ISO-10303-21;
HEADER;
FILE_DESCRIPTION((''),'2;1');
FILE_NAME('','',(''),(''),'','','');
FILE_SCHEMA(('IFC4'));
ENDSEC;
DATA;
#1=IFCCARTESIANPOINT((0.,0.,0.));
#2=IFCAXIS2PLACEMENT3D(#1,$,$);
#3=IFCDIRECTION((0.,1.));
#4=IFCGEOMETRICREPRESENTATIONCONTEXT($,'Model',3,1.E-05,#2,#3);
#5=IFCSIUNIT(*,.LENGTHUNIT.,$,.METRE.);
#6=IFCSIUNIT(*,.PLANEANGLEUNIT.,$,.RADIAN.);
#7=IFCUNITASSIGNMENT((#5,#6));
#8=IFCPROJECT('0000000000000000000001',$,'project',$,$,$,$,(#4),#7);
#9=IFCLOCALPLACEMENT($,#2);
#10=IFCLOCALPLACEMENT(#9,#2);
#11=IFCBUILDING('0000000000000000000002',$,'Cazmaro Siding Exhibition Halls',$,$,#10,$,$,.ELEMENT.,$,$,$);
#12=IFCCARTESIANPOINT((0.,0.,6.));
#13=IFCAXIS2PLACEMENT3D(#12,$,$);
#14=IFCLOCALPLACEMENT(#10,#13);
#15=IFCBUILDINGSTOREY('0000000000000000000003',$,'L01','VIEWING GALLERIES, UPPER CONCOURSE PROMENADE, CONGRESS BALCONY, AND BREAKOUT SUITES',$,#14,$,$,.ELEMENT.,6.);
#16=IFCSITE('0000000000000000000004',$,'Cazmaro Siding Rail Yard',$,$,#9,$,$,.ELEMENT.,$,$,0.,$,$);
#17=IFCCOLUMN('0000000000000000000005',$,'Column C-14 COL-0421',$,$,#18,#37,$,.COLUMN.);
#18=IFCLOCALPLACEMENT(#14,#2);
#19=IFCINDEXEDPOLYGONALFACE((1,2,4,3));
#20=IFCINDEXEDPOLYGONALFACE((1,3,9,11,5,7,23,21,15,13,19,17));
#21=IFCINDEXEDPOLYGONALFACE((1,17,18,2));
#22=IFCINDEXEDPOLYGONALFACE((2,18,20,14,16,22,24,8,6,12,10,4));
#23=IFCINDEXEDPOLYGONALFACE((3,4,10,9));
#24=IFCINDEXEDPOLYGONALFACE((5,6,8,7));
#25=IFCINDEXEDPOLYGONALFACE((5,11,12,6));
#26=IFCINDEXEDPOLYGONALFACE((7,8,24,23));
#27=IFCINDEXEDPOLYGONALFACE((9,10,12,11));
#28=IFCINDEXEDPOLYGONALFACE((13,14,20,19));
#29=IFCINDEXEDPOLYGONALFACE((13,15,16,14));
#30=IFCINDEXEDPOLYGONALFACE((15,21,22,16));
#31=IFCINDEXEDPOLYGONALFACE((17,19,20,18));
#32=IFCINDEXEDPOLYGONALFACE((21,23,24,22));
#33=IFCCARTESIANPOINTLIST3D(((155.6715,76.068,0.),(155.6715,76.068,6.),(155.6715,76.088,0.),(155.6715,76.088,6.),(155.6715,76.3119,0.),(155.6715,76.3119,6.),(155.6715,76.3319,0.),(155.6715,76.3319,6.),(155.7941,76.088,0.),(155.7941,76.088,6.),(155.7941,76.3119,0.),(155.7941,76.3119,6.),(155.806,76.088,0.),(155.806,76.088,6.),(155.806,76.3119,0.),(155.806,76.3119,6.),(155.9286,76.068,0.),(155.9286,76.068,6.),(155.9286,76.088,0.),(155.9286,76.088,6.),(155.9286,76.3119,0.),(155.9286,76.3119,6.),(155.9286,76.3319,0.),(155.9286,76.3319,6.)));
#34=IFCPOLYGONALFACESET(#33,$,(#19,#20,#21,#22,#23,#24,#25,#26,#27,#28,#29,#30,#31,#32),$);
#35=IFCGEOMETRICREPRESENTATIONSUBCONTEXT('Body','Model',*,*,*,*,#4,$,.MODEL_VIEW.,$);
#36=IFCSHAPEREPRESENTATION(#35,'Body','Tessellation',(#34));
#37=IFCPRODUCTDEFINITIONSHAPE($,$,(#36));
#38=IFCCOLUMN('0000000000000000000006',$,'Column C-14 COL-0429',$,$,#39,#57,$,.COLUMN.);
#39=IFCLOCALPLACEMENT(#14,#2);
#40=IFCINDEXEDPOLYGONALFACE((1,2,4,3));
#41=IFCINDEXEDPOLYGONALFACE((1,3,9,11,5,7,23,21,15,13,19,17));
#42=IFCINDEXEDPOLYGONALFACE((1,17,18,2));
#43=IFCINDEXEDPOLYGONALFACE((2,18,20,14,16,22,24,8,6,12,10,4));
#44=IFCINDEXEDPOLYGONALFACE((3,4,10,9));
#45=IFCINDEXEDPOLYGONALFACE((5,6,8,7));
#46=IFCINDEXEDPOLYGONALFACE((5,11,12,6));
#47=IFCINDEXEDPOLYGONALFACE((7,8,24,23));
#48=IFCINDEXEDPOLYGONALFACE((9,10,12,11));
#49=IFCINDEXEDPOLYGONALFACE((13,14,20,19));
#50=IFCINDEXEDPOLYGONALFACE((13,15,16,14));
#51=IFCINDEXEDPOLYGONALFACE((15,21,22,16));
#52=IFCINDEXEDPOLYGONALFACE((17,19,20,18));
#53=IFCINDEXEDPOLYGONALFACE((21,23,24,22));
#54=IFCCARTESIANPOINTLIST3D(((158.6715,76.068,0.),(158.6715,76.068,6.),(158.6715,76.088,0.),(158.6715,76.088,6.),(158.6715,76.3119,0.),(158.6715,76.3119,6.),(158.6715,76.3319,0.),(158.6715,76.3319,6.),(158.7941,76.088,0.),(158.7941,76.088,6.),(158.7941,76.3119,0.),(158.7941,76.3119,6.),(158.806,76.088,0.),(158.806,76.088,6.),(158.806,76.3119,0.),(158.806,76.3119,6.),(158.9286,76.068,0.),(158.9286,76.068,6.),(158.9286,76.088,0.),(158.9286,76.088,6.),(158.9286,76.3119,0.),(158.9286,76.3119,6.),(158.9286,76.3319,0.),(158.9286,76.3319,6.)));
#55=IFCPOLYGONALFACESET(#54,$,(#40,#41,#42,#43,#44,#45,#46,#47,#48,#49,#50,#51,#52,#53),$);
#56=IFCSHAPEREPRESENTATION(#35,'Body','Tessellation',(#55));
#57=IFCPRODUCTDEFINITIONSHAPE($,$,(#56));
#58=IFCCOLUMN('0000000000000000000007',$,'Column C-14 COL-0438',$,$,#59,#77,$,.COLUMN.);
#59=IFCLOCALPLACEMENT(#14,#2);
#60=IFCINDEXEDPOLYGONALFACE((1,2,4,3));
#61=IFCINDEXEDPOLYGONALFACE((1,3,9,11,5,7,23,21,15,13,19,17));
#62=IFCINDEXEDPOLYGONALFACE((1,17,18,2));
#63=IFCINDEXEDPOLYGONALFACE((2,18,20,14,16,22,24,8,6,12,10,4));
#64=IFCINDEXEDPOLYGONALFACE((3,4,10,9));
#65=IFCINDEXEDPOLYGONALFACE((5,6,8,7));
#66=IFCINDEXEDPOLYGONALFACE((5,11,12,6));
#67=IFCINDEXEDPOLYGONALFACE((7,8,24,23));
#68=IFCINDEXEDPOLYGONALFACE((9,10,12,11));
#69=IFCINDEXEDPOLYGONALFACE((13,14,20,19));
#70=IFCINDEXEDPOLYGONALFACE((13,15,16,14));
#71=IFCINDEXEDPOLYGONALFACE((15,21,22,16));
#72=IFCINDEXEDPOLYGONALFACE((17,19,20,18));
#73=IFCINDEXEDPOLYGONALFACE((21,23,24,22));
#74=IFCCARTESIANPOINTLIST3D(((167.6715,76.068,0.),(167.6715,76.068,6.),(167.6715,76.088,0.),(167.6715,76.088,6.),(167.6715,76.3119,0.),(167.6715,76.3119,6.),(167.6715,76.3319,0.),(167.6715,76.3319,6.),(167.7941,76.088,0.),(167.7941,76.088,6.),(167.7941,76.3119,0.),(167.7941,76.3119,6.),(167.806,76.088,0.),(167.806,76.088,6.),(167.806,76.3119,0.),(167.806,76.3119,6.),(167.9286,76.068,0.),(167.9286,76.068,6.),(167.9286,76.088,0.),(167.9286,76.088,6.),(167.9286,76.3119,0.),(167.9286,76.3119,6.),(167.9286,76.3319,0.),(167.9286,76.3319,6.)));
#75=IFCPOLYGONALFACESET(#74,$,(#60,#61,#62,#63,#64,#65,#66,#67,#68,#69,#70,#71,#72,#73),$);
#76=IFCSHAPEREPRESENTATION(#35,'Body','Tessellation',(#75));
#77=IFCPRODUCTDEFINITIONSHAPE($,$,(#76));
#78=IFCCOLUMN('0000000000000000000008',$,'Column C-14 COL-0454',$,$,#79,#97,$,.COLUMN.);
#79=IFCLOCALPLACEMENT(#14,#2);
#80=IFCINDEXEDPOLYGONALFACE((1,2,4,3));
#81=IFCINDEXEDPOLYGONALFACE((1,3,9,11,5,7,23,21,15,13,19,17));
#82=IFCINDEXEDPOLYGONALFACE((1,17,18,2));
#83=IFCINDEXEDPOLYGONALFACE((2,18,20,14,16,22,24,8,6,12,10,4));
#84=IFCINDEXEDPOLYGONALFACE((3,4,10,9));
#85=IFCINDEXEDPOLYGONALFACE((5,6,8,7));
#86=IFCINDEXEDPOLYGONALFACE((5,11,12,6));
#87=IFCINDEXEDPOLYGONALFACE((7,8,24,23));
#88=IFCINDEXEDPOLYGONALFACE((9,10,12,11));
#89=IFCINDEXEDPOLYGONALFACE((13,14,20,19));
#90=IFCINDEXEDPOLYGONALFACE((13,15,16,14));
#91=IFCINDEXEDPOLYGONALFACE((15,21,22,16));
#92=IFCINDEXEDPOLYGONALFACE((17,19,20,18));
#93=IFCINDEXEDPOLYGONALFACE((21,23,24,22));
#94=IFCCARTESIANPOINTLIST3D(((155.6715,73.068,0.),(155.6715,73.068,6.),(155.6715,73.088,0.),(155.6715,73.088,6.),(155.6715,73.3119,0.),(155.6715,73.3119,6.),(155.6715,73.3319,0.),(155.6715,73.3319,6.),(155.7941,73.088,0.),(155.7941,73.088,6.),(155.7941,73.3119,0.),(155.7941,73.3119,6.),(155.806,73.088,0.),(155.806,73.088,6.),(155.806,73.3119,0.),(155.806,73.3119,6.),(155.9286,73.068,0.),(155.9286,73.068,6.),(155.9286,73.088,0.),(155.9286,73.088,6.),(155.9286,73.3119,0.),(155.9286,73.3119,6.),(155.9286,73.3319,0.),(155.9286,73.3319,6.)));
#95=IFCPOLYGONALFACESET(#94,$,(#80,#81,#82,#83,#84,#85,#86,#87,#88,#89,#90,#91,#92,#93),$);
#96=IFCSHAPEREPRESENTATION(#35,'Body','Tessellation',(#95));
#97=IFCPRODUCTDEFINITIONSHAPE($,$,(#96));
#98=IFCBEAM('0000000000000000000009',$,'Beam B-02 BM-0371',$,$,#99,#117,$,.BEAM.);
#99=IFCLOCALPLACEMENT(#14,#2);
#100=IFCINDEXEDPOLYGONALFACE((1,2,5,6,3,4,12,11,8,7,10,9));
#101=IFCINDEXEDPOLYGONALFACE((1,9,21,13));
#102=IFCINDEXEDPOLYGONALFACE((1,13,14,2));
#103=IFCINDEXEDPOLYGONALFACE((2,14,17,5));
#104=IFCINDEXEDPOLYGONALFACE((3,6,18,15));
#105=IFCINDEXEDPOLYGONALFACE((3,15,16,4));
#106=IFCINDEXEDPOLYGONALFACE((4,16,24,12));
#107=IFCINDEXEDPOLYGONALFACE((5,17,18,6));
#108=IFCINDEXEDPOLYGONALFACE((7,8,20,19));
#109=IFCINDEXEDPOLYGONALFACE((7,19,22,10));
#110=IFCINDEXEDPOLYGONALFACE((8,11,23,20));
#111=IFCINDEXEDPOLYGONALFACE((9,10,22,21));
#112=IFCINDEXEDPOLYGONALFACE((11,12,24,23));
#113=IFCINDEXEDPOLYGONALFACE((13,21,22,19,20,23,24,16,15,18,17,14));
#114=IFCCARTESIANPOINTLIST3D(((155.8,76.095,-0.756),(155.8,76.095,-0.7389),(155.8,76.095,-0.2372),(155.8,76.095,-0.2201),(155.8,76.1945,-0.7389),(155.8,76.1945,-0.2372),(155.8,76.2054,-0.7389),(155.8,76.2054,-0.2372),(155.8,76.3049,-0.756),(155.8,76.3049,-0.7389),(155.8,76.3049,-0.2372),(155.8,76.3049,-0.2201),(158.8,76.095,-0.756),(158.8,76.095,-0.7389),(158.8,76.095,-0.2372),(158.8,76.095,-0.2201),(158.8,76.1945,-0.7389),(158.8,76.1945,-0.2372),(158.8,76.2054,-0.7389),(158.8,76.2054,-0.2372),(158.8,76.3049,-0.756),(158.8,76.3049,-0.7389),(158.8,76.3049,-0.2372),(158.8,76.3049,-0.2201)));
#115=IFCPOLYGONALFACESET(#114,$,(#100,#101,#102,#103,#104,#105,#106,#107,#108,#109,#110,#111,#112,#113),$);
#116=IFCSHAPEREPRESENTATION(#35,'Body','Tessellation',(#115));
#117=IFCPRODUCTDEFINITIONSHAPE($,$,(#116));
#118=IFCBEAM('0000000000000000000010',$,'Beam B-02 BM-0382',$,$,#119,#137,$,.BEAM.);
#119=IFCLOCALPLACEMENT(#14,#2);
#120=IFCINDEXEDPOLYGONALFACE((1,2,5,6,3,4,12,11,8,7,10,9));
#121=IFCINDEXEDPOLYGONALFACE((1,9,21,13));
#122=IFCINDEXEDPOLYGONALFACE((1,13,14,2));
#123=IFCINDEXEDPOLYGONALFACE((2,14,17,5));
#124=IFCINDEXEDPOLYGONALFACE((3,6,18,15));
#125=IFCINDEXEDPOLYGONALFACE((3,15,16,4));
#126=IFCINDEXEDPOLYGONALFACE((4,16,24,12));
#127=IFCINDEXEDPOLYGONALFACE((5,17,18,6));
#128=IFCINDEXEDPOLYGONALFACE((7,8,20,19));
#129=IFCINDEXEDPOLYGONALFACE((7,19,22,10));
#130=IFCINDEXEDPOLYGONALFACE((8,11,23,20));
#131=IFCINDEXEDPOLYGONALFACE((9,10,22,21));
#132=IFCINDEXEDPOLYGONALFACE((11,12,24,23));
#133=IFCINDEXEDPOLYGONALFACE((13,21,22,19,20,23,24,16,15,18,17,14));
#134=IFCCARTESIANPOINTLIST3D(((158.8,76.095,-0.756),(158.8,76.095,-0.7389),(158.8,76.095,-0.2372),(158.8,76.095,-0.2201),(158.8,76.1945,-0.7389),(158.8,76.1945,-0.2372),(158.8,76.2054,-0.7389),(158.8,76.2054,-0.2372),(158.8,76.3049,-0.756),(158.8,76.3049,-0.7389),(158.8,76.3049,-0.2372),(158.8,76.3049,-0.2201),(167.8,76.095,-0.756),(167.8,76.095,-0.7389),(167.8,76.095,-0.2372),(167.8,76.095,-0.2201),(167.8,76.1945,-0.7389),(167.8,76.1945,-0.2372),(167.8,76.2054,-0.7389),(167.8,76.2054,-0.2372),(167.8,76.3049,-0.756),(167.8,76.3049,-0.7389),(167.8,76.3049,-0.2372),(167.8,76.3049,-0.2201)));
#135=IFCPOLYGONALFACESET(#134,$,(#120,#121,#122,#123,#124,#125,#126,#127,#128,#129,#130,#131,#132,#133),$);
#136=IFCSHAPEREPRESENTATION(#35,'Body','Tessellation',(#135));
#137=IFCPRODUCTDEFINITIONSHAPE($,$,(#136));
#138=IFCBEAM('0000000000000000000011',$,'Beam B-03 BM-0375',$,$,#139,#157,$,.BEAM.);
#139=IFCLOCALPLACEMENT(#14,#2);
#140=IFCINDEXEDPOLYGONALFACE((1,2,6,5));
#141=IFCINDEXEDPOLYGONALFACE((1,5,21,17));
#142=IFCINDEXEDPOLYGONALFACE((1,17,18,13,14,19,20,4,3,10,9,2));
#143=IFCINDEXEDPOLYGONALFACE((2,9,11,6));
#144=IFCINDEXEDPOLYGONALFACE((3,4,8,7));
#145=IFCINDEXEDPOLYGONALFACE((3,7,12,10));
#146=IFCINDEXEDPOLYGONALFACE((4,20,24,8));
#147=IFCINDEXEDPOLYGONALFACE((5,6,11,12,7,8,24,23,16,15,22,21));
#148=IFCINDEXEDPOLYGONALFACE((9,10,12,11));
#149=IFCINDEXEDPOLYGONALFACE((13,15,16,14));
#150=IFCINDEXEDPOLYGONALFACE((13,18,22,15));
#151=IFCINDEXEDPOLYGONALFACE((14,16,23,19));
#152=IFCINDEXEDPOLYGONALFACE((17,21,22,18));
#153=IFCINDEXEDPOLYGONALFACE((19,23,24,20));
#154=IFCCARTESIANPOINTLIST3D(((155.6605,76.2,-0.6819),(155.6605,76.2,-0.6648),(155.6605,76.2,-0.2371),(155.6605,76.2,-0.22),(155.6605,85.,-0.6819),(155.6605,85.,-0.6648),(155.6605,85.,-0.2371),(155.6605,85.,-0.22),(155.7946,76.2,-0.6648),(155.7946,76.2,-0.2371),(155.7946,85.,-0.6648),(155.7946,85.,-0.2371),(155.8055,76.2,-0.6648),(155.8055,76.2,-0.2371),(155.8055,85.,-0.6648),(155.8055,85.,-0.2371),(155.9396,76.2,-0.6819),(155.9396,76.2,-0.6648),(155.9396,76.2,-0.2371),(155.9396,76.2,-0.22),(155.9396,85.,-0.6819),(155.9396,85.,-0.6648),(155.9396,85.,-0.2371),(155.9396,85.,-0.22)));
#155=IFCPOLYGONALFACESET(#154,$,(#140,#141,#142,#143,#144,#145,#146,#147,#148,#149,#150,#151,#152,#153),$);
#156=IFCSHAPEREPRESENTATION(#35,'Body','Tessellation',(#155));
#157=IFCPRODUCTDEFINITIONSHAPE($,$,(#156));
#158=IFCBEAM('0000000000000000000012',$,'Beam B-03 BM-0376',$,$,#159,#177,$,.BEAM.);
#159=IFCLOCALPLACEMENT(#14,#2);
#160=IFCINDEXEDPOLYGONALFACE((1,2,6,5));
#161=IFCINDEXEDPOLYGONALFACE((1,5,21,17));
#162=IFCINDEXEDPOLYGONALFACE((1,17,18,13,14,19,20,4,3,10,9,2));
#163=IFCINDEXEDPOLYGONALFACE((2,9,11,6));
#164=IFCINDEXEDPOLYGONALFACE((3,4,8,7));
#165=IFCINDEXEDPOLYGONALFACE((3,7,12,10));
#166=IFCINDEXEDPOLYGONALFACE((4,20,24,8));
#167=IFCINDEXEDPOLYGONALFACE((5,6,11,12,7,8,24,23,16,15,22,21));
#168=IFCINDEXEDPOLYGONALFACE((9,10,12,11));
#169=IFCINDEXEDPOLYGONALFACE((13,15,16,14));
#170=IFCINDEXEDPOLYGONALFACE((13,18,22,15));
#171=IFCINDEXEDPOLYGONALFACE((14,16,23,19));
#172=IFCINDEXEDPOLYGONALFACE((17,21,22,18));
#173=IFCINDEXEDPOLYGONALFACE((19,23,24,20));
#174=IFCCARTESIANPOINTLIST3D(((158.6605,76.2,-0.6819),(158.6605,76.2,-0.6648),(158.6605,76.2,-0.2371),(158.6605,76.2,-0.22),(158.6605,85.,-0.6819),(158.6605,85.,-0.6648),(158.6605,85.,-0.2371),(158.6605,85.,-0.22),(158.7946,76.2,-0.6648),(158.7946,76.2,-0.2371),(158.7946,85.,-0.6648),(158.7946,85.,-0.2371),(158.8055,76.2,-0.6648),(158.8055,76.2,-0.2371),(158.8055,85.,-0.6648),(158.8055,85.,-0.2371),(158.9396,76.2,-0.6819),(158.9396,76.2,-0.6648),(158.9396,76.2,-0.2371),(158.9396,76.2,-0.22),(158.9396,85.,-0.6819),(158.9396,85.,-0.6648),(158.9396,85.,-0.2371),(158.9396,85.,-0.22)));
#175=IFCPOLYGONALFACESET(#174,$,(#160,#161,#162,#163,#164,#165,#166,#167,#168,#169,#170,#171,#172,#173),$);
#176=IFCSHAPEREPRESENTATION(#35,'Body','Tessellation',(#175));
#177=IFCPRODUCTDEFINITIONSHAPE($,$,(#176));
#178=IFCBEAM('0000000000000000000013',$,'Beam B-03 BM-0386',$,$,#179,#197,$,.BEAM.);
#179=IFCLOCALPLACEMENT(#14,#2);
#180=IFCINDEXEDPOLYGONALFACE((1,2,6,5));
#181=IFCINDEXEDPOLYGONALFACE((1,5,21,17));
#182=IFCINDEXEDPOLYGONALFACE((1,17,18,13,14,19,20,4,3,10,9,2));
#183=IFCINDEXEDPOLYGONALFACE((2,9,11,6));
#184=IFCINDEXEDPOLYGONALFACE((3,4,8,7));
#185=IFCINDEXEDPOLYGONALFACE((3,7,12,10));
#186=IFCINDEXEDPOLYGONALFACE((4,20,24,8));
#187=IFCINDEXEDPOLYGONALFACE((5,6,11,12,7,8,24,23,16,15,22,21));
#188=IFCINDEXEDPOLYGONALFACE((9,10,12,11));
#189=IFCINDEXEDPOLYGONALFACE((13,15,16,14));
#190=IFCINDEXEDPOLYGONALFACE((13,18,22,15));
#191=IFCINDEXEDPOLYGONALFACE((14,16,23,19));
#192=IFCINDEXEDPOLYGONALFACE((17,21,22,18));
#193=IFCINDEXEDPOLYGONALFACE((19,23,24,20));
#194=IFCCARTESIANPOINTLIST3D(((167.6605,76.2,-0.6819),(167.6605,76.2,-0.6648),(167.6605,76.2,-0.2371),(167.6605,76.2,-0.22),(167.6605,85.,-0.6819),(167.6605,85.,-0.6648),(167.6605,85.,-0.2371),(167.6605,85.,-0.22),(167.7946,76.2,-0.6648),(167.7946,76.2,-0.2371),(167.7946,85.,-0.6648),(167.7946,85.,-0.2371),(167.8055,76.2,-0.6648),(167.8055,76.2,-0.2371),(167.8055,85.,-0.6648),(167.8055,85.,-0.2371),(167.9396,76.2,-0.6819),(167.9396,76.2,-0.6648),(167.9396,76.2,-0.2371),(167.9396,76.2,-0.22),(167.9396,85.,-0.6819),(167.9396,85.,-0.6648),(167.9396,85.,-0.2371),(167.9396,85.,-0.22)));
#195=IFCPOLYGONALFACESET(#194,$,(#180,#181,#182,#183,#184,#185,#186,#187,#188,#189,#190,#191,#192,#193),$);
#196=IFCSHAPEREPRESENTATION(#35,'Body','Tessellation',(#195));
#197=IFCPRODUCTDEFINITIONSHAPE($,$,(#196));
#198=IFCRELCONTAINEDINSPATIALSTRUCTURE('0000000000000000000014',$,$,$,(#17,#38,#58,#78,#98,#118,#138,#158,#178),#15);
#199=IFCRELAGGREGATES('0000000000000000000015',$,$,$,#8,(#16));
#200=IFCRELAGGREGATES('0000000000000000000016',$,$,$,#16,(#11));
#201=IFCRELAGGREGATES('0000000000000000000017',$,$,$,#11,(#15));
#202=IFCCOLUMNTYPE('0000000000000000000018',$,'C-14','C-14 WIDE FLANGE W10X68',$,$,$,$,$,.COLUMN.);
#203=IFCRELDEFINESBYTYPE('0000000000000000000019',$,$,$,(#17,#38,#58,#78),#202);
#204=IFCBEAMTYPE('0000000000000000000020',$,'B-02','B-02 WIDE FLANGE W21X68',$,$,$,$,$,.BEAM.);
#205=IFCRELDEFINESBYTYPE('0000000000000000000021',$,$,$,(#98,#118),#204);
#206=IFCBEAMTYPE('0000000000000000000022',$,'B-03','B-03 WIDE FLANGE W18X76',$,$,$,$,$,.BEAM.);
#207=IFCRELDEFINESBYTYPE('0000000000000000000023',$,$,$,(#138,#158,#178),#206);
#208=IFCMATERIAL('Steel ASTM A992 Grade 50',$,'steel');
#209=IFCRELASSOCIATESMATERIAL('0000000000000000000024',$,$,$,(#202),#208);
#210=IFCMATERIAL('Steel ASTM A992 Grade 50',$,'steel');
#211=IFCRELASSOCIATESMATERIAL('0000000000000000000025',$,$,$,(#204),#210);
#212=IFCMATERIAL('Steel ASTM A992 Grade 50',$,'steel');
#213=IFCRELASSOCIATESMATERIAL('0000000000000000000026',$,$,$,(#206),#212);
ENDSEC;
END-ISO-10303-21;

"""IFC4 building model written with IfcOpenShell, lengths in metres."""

from ifc_helpers import new_model, si_unit, direction, frame, origin, origin_2d, place, context, subcontext, project, spatial, i_section, extrude, material, material_profile, profile_set, type_object, element, save


model = new_model("IFC4")

# Units and contexts
model_context = context("Model", 3, precision=1e-05, world=origin(), true_north=direction((0.0, 1.0)))
body_context = subcontext(model_context, "Body", "Model", "MODEL_VIEW")
ifc_project = project(units=[si_unit("LENGTHUNIT", "METRE"), si_unit("PLANEANGLEUNIT", "RADIAN")], contexts=[model_context])

# Site, building, storey
site_placement = place(None, origin())
site = spatial("IfcSite", under=ifc_project, at=site_placement, Name="Cazmaro Siding Rail Yard", CompositionType="ELEMENT", RefElevation=0.0)
building_placement = place(site_placement, origin())
building = spatial("IfcBuilding", under=site, at=building_placement, Name="Cazmaro Siding Exhibition Halls", CompositionType="ELEMENT")
storey_placement = place(building_placement, frame((0.0, 0.0, 6.0)))
storey = spatial("IfcBuildingStorey", under=building, at=storey_placement, Name="L01", Description="VIEWING GALLERIES, UPPER CONCOURSE PROMENADE, CONGRESS BALCONY, AND BREAKOUT SUITES", CompositionType="ELEMENT", Elevation=6.0)

# Columns
ifc_material_1 = material(Name="Steel ASTM A992 Grade 50", Category="steel")
ifc_material_profile_1 = material_profile(ifc_material_1, i_section(OverallWidth=0.2571, OverallDepth=0.2639, WebThickness=0.012, FlangeThickness=0.02, at=origin_2d()), Name="W10X68")
ifc_profile_set_1 = profile_set([ifc_material_profile_1], Name="Steel ASTM A992 Grade 50")
column_type = type_object("IfcColumnType", Name="C-14", Description="C-14 WIDE FLANGE W10X68", PredefinedType="COLUMN", material=ifc_profile_set_1)
for number, where, z_axis, x_axis, name in (
    (1, (155.8, 76.2, 0.0), (0.0, 0.0, 1.0), (1.0, 0.0, 0.0), "Column C-14 COL-0421"),
    (2, (158.8, 76.2, 0.0), (0.0, 0.0, 1.0), (1.0, 0.0, 0.0), "Column C-14 COL-0429"),
    (3, (167.8, 76.2, 0.0), (0.0, 0.0, 1.0), (1.0, 0.0, 0.0), "Column C-14 COL-0438"),
    (4, (155.8, 73.2, 0.0), (0.0, 0.0, 1.0), (1.0, 0.0, 0.0), "Column C-14 COL-0454"),
):
    element("IfcColumn", number, at=place(storey_placement, frame(where, z_axis=z_axis, x_axis=x_axis)), inside=storey, type_object=column_type, Name=name, PredefinedType="COLUMN", context=body_context, shape_type="SweptSolid", body=[
        extrude(i_section(OverallWidth=0.2571, OverallDepth=0.2639, WebThickness=0.012, FlangeThickness=0.02, at=origin_2d()), origin(), (0.0, 0.0, 1.0), 6.0),
    ])

# Beams
ifc_material_2 = material(Name="Steel ASTM A992 Grade 50", Category="steel")
ifc_material_profile_2 = material_profile(ifc_material_2, i_section(OverallWidth=0.21, OverallDepth=0.5359, WebThickness=0.011, FlangeThickness=0.0171, at=origin_2d()), Name="W21X68")
ifc_profile_set_2 = profile_set([ifc_material_profile_2], Name="Steel ASTM A992 Grade 50")
beam_type_1 = type_object("IfcBeamType", Name="B-02", Description="B-02 WIDE FLANGE W21X68", PredefinedType="BEAM", material=ifc_profile_set_2)
beam_1_placement = place(storey_placement, frame((155.8, 76.2, -0.488), z_axis=(1.0, 0.0, 0.0), x_axis=(0.0, 1.0, 0.0)))
element("IfcBeam", 5, at=beam_1_placement, inside=storey, type_object=beam_type_1, Name="Beam B-02 BM-0371", PredefinedType="BEAM", context=body_context, shape_type="SweptSolid", body=[
    extrude(i_section(OverallWidth=0.21, OverallDepth=0.5359, WebThickness=0.011, FlangeThickness=0.0171, at=origin_2d()), origin(), (0.0, 0.0, 1.0), 3.0),
])
beam_2_placement = place(storey_placement, frame((158.8, 76.2, -0.488), z_axis=(1.0, 0.0, 0.0), x_axis=(0.0, 1.0, 0.0)))
element("IfcBeam", 6, at=beam_2_placement, inside=storey, type_object=beam_type_1, Name="Beam B-02 BM-0382", PredefinedType="BEAM", context=body_context, shape_type="SweptSolid", body=[
    extrude(i_section(OverallWidth=0.21, OverallDepth=0.5359, WebThickness=0.011, FlangeThickness=0.0171, at=origin_2d()), origin(), (0.0, 0.0, 1.0), 9.0),
])
ifc_material_3 = material(Name="Steel ASTM A992 Grade 50", Category="steel")
ifc_material_profile_3 = material_profile(ifc_material_3, i_section(OverallWidth=0.2791, OverallDepth=0.4619, WebThickness=0.011, FlangeThickness=0.0171, at=origin_2d()), Name="W18X76")
ifc_profile_set_3 = profile_set([ifc_material_profile_3], Name="Steel ASTM A992 Grade 50")
beam_type_2 = type_object("IfcBeamType", Name="B-03", Description="B-03 WIDE FLANGE W18X76", PredefinedType="BEAM", material=ifc_profile_set_3)
for number, where, z_axis, x_axis, name in (
    (7, (155.8, 76.2, -0.4509), (0.0, 1.0, 0.0), (-1.0, 0.0, 0.0), "Beam B-03 BM-0375"),
    (8, (158.8, 76.2, -0.4509), (0.0, 1.0, 0.0), (-1.0, 0.0, 0.0), "Beam B-03 BM-0376"),
    (9, (167.8, 76.2, -0.4509), (0.0, 1.0, 0.0), (-1.0, 0.0, 0.0), "Beam B-03 BM-0386"),
):
    element("IfcBeam", number, at=place(storey_placement, frame(where, z_axis=z_axis, x_axis=x_axis)), inside=storey, type_object=beam_type_2, Name=name, PredefinedType="BEAM", context=body_context, shape_type="SweptSolid", body=[
        extrude(i_section(OverallWidth=0.2791, OverallDepth=0.4619, WebThickness=0.011, FlangeThickness=0.0171, at=origin_2d()), origin(), (0.0, 0.0, 1.0), 8.8),
    ])

save(model, "model.ifc")
